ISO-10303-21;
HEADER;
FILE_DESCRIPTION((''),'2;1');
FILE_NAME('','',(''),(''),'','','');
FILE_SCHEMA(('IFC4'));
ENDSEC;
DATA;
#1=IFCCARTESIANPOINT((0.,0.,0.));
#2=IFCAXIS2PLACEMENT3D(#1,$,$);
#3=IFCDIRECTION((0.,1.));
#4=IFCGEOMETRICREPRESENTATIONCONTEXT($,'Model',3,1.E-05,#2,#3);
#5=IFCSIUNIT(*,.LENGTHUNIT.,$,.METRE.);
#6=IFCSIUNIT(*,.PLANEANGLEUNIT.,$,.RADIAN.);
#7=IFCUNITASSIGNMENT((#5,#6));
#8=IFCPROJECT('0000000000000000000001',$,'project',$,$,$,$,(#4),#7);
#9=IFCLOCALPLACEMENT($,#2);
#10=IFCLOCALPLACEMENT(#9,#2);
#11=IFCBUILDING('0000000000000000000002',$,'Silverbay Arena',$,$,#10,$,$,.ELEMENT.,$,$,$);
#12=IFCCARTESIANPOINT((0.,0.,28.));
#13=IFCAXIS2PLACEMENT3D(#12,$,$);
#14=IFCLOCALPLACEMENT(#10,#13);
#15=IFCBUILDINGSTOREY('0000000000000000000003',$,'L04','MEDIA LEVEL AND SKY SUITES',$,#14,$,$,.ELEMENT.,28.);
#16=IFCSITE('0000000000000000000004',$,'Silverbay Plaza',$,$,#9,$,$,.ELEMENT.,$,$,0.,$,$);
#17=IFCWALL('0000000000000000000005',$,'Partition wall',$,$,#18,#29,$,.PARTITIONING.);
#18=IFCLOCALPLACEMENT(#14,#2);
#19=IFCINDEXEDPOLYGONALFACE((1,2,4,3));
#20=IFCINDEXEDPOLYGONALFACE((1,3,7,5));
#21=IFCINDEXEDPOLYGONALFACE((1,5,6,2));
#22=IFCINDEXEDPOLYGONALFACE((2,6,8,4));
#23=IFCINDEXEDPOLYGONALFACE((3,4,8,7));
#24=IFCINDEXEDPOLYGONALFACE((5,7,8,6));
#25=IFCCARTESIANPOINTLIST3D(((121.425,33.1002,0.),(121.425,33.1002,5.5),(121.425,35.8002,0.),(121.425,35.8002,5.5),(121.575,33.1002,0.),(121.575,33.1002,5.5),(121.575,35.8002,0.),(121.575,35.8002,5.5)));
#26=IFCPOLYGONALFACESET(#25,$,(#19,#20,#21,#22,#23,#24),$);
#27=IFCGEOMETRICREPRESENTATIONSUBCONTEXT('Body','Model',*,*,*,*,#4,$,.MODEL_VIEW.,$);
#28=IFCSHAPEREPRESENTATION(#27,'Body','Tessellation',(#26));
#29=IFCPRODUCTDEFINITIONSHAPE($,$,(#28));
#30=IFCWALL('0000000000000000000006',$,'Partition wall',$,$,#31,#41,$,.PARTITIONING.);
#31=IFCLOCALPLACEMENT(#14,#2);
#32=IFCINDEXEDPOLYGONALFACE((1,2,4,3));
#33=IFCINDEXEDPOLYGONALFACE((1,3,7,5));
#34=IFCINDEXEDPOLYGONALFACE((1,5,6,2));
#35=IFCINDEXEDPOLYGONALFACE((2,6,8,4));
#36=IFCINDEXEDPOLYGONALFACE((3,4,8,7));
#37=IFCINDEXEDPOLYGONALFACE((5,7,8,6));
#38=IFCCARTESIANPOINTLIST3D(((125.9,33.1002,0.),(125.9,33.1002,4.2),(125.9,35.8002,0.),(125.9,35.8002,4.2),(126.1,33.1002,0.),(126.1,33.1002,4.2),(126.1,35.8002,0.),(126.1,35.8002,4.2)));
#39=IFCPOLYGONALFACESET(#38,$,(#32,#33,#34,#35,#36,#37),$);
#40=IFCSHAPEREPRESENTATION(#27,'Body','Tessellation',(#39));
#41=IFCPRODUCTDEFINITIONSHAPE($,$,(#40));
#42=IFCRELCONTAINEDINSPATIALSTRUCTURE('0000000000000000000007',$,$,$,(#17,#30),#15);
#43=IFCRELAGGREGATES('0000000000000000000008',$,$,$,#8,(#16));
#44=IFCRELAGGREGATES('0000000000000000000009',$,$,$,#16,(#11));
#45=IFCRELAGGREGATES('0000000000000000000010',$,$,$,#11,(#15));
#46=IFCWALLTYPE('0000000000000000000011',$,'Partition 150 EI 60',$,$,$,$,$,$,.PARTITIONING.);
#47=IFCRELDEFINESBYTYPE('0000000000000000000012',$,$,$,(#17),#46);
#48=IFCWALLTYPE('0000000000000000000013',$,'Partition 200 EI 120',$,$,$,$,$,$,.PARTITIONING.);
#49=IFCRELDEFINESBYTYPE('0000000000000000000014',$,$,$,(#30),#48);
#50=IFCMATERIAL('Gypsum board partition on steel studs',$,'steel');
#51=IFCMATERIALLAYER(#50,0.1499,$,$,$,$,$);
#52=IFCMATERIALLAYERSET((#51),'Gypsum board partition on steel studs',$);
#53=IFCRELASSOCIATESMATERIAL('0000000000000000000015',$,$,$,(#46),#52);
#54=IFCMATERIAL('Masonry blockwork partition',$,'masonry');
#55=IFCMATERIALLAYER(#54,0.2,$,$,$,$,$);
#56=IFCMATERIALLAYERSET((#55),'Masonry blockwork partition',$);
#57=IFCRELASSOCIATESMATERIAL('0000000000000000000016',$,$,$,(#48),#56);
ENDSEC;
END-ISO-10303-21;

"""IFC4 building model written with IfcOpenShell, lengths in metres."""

from ifc_helpers import new_model, si_unit, direction, frame, frame_2d, origin, place, context, subcontext, project, spatial, rectangle, extrude, material, layer, layer_set, type_object, element, save


model = new_model("IFC4")

# Units and contexts
model_context = context("Model", 3, precision=1e-05, world=origin(), true_north=direction((0.0, 1.0)))
body_context = subcontext(model_context, "Body", "Model", "MODEL_VIEW")
ifc_project = project(units=[si_unit("LENGTHUNIT", "METRE"), si_unit("PLANEANGLEUNIT", "RADIAN")], contexts=[model_context])

# Site, building, storey
site_placement = place(None, origin())
site = spatial("IfcSite", under=ifc_project, at=site_placement, Name="Silverbay Plaza", CompositionType="ELEMENT", RefElevation=0.0)
building_placement = place(site_placement, origin())
building = spatial("IfcBuilding", under=site, at=building_placement, Name="Silverbay Arena", CompositionType="ELEMENT")
storey_placement = place(building_placement, frame((0.0, 0.0, 28.0)))
storey = spatial("IfcBuildingStorey", under=building, at=storey_placement, Name="L04", Description="MEDIA LEVEL AND SKY SUITES", CompositionType="ELEMENT", Elevation=28.0)

# Walls
ifc_material_1 = material(Name="Gypsum board partition on steel studs", Category="steel")
ifc_layer_1 = layer(ifc_material_1, 0.1499)
ifc_layer_set_1 = layer_set([ifc_layer_1], Name="Gypsum board partition on steel studs")
wall_type_1 = type_object("IfcWallType", Name="Partition 150 EI 60", PredefinedType="PARTITIONING", material=ifc_layer_set_1)
wall_1_placement = place(storey_placement, frame((121.5, 33.1001, 0.0), z_axis=(0.0, 0.0, 1.0), x_axis=(0.0, 1.0, 0.0)))
element("IfcWall", 1, at=wall_1_placement, inside=storey, type_object=wall_type_1, Name="Partition wall", PredefinedType="PARTITIONING", context=body_context, shape_type="SweptSolid", body=[
    extrude(rectangle(XDim=2.7, YDim=0.1499, at=frame_2d((1.3501, 0.0))), origin(), (0.0, 0.0, 1.0), 5.5),
])
ifc_material_2 = material(Name="Masonry blockwork partition", Category="masonry")
ifc_layer_2 = layer(ifc_material_2, 0.2)
ifc_layer_set_2 = layer_set([ifc_layer_2], Name="Masonry blockwork partition")
wall_type_2 = type_object("IfcWallType", Name="Partition 200 EI 120", PredefinedType="PARTITIONING", material=ifc_layer_set_2)
wall_2_placement = place(storey_placement, frame((126.0, 33.1001, 0.0), z_axis=(0.0, 0.0, 1.0), x_axis=(0.0, 1.0, 0.0)))
element("IfcWall", 2, at=wall_2_placement, inside=storey, type_object=wall_type_2, Name="Partition wall", PredefinedType="PARTITIONING", context=body_context, shape_type="SweptSolid", body=[
    extrude(rectangle(XDim=2.7, YDim=0.2, at=frame_2d((1.3501, 0.0))), origin(), (0.0, 0.0, 1.0), 4.2),
])

save(model, "model.ifc")
